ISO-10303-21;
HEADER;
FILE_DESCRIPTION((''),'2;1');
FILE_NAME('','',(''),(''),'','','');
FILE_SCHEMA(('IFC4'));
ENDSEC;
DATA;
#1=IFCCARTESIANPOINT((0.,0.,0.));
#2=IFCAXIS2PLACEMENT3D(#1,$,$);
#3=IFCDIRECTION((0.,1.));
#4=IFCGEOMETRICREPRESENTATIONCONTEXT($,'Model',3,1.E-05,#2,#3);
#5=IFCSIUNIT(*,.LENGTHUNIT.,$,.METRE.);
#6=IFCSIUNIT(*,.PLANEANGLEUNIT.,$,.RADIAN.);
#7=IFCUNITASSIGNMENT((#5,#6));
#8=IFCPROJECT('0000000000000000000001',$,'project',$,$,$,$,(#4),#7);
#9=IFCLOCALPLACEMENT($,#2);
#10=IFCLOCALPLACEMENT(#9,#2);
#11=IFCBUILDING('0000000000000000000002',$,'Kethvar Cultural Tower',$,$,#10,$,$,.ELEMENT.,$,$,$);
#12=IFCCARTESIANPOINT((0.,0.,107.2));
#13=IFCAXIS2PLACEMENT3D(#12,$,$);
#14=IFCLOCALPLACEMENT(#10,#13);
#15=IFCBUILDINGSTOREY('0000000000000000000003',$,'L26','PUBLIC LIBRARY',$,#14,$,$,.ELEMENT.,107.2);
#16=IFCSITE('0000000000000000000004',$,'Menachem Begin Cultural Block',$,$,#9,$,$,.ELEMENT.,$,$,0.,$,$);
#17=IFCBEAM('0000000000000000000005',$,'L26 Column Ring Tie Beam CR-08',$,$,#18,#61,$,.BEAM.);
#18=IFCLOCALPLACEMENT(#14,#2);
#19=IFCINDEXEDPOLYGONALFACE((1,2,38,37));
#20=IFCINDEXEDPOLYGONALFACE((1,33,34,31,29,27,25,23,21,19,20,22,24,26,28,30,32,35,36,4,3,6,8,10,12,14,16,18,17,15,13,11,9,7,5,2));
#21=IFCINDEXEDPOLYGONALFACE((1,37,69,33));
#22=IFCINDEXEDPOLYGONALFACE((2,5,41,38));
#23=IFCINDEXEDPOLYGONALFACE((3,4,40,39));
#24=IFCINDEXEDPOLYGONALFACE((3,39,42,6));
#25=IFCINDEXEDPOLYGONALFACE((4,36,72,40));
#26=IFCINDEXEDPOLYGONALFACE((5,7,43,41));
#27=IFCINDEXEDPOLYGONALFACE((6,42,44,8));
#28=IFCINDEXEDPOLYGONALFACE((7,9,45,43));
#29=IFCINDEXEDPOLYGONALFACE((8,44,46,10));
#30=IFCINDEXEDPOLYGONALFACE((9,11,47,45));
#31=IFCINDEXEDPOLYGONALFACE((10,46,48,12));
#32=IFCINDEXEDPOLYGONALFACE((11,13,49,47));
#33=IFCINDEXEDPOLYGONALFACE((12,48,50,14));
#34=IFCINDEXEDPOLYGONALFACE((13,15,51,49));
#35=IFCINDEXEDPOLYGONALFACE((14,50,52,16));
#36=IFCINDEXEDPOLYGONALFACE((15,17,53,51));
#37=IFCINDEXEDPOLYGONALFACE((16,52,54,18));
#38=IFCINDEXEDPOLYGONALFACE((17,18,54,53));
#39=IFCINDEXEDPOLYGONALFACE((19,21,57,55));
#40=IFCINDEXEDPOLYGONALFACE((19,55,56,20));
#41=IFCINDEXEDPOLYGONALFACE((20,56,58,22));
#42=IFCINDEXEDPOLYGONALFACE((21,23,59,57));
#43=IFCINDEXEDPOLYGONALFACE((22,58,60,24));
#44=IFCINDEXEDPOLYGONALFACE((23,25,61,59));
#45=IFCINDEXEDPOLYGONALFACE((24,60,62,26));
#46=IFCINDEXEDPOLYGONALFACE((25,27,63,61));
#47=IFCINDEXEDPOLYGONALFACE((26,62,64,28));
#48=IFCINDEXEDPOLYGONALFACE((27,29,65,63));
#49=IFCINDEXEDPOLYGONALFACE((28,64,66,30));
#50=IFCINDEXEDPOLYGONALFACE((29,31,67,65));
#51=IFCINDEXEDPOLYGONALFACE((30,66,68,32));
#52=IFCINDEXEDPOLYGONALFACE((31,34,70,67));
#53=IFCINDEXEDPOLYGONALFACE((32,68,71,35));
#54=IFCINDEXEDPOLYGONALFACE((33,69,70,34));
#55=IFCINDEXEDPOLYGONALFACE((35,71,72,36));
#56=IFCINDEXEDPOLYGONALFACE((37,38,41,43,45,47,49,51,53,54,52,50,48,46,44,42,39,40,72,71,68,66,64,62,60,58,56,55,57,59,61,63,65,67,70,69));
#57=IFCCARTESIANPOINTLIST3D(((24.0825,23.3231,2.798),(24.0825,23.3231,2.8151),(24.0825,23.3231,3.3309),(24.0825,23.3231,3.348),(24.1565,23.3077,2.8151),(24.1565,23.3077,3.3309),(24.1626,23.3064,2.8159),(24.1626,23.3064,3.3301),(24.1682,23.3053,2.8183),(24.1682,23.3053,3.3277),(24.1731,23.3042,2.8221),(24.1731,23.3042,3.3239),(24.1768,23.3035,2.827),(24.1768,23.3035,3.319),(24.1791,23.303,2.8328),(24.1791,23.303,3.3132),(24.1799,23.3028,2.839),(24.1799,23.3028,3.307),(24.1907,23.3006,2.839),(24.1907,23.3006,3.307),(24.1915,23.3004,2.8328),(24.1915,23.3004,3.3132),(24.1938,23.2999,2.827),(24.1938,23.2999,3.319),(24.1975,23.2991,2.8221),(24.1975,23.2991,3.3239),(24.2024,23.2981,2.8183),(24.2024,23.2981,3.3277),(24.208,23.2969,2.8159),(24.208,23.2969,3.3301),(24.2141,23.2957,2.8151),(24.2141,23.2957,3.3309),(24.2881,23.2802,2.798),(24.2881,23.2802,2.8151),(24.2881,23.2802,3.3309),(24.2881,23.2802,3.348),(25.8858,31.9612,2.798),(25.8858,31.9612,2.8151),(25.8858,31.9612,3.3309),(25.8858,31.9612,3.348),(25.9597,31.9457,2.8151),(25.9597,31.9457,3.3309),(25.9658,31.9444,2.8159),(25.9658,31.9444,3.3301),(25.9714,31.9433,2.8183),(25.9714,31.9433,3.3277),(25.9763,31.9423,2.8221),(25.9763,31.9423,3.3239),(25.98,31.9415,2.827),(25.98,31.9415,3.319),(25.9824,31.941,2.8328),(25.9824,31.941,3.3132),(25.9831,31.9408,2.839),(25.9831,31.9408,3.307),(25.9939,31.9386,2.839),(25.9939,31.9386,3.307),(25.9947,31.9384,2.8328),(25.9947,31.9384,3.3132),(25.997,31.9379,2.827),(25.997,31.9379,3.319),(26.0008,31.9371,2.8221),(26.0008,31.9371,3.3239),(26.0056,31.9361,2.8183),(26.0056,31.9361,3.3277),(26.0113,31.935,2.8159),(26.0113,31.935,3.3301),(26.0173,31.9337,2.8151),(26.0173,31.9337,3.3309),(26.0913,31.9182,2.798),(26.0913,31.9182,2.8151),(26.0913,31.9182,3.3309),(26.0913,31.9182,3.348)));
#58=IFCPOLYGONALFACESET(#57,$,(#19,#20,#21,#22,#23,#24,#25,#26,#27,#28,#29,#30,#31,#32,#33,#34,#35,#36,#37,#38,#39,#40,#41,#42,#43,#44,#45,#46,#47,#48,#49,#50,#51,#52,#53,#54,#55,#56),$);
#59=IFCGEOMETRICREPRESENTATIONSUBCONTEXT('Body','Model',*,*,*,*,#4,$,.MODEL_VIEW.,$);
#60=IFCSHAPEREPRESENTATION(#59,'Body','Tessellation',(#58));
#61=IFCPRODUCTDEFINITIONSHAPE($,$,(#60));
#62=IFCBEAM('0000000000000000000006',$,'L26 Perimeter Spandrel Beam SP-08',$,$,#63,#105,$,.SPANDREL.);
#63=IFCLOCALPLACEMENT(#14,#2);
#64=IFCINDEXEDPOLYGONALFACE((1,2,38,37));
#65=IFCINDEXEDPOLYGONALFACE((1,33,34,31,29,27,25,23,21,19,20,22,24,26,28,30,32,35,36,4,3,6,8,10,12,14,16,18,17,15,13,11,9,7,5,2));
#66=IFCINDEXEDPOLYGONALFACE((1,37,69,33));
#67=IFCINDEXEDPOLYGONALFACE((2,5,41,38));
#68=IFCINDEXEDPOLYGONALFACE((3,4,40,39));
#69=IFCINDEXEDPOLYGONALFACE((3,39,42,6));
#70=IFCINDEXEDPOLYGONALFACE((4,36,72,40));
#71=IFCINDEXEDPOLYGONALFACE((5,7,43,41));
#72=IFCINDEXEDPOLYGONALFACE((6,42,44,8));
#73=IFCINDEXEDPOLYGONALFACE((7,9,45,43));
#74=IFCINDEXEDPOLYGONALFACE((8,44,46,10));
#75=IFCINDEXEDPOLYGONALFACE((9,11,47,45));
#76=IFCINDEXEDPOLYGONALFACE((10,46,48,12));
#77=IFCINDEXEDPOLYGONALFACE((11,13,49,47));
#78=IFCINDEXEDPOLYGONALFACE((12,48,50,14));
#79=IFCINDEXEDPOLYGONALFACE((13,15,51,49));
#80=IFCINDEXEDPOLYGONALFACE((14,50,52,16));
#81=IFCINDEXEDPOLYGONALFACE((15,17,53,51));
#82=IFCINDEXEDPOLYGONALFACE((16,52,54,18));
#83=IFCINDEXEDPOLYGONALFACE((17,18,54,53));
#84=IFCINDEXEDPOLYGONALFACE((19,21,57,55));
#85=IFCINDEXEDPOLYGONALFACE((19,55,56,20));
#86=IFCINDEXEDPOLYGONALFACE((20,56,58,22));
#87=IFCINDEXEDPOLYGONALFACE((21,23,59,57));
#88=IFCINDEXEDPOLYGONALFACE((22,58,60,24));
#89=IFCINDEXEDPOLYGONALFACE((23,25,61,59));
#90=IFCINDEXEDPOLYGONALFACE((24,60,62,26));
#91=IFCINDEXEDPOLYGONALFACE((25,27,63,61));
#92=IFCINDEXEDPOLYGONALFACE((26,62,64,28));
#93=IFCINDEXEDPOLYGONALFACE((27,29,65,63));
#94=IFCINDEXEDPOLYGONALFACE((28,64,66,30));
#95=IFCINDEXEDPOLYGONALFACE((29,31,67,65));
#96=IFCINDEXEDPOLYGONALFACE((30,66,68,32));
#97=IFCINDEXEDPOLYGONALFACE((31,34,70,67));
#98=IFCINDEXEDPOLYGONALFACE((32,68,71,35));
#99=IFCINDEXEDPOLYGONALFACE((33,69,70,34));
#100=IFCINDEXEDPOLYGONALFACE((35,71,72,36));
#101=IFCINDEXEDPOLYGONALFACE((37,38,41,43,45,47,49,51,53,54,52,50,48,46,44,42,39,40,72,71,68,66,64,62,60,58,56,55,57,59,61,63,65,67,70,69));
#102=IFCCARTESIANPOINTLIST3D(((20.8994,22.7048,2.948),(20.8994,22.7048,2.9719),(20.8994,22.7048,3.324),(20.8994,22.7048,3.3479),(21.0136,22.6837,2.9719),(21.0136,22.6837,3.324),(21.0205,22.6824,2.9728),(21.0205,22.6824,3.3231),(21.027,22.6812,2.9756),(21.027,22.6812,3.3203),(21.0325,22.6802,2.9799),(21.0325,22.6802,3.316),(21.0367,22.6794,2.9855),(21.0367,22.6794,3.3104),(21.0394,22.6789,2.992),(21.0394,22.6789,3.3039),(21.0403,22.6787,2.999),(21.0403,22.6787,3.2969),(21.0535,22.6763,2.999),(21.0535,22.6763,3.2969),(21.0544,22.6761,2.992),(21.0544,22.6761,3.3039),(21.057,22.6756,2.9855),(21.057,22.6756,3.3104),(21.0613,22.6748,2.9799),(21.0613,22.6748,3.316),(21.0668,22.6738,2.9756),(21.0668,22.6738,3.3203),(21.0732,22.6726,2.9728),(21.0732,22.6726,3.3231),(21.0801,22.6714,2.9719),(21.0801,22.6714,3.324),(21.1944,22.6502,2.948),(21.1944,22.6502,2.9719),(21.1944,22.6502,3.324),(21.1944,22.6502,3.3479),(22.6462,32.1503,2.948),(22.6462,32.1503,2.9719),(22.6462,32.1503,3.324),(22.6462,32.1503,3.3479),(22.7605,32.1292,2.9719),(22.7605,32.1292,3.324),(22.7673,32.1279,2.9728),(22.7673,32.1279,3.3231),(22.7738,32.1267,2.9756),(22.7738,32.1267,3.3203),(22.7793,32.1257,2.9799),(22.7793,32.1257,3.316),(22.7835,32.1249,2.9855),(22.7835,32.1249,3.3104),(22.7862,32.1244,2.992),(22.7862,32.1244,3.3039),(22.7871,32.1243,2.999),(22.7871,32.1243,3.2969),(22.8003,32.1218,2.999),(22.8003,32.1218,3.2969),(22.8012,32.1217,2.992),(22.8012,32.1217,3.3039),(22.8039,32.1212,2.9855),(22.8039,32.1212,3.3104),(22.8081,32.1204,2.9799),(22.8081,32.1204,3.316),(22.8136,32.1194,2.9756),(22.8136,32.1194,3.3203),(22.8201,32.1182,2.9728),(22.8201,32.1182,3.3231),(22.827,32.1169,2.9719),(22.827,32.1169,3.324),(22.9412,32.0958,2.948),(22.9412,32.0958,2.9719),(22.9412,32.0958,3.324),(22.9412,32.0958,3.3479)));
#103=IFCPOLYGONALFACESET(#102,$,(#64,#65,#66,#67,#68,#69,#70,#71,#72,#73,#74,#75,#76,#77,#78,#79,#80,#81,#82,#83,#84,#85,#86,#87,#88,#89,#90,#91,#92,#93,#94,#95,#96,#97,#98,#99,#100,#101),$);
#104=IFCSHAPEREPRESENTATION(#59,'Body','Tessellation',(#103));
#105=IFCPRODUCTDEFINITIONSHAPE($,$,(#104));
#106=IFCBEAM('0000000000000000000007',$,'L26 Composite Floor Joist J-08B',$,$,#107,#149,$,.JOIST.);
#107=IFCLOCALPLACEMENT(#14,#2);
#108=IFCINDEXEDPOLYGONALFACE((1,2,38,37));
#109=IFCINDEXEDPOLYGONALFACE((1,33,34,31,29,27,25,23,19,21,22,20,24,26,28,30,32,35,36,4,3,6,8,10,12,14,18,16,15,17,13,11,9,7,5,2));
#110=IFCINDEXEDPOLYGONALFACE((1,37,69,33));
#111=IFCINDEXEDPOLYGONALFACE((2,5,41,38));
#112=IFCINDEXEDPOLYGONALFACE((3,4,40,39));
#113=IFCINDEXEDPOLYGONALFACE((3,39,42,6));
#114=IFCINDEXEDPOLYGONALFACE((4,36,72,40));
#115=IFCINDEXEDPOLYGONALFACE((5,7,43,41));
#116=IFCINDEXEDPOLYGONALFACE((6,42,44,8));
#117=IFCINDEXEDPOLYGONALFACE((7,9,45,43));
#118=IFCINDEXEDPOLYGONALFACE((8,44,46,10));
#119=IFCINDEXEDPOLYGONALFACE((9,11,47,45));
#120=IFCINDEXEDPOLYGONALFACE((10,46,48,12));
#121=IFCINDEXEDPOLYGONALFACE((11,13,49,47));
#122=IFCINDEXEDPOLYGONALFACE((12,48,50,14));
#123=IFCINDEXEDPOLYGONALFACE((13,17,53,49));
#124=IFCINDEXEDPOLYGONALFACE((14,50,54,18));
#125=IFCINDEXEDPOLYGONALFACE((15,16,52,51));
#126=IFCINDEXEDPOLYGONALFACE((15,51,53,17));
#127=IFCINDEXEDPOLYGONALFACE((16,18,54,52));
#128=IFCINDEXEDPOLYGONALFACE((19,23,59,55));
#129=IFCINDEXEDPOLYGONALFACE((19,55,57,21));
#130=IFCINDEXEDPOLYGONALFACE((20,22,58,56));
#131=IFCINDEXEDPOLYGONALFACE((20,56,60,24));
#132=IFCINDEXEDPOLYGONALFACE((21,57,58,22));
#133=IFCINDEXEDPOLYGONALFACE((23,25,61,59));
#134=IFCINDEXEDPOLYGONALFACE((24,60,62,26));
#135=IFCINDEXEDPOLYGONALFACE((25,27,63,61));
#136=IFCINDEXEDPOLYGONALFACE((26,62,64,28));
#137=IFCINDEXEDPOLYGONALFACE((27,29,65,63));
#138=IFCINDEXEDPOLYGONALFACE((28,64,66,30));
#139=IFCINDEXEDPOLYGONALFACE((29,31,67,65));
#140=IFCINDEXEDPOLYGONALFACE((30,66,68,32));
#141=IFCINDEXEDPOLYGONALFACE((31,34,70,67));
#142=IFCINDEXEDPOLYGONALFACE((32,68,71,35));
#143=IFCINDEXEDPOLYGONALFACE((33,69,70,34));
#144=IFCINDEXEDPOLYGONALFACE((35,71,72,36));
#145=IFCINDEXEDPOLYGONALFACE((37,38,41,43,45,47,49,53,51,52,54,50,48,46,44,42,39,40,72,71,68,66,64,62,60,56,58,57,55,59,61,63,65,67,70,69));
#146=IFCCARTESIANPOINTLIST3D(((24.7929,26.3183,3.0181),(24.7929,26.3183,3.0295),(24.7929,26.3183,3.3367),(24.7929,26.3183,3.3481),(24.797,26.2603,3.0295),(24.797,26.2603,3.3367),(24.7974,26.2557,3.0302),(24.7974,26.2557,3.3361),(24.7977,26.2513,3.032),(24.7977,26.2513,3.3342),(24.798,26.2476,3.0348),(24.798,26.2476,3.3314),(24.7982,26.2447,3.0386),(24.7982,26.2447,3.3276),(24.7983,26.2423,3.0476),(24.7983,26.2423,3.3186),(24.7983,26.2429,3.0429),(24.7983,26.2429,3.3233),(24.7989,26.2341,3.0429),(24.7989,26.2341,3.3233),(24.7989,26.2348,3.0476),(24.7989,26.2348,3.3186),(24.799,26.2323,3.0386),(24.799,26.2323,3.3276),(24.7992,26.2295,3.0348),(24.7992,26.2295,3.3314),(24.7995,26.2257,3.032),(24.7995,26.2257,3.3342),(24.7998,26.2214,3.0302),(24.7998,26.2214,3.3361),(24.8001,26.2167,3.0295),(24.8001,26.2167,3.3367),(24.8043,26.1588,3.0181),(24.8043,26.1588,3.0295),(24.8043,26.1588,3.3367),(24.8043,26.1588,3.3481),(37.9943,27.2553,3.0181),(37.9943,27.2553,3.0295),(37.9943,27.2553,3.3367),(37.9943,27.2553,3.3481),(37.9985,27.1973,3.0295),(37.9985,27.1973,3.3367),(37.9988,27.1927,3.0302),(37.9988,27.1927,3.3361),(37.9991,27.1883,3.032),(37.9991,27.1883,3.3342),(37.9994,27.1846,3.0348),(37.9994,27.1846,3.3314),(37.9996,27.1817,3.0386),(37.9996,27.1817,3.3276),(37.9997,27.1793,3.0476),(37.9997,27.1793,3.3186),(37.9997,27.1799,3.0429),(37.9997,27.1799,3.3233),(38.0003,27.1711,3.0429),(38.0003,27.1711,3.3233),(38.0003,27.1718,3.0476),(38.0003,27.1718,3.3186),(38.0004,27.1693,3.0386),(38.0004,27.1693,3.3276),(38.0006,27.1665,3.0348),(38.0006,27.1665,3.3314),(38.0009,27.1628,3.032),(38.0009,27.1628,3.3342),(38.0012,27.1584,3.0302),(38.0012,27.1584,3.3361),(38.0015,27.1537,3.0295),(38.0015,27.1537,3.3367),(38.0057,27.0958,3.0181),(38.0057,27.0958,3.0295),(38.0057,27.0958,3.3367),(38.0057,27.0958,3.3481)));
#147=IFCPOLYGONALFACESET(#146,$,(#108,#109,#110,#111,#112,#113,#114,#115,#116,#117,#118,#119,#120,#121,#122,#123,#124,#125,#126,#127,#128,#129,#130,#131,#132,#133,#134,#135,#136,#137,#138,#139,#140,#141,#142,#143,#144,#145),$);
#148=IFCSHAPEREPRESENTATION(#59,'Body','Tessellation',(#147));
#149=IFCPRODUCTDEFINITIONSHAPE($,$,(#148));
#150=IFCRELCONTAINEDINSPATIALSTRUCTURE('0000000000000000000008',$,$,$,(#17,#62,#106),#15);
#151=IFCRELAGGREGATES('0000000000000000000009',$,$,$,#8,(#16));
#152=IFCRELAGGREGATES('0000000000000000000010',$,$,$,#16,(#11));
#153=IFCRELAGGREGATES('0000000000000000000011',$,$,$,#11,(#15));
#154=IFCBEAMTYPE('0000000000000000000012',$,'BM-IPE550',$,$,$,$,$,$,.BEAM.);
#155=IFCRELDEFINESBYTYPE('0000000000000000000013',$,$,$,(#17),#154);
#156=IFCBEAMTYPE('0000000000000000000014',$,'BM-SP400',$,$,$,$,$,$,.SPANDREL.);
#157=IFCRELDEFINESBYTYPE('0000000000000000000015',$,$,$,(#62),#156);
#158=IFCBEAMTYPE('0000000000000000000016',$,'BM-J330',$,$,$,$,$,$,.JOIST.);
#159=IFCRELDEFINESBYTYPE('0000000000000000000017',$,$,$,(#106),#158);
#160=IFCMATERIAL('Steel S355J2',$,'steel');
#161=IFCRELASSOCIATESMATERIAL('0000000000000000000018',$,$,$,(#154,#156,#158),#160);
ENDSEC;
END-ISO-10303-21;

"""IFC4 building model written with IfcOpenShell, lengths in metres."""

from ifc_helpers import new_model, si_unit, direction, frame, origin, origin_2d, place, context, subcontext, project, spatial, i_section, extrude, source, transform, mapped, material, material_profile, profile_set, type_object, element, save


model = new_model("IFC4")

# Units and contexts
model_context = context("Model", 3, precision=1e-05, world=origin(), true_north=direction((0.0, 1.0)))
body_context = subcontext(model_context, "Body", "Model", "MODEL_VIEW")
ifc_project = project(units=[si_unit("LENGTHUNIT", "METRE"), si_unit("PLANEANGLEUNIT", "RADIAN")], contexts=[model_context])

# Site, building, storey
site_placement = place(None, origin())
site = spatial("IfcSite", under=ifc_project, at=site_placement, Name="Menachem Begin Cultural Block", CompositionType="ELEMENT", RefElevation=0.0)
building_placement = place(site_placement, origin())
building = spatial("IfcBuilding", under=site, at=building_placement, Name="Kethvar Cultural Tower", CompositionType="ELEMENT")
storey_placement = place(building_placement, frame((0.0, 0.0, 107.2)))
storey = spatial("IfcBuildingStorey", under=building, at=storey_placement, Name="L26", Description="PUBLIC LIBRARY", CompositionType="ELEMENT", Elevation=107.2)

# Beams
ifc_material_1 = material(Name="Steel S355J2", Category="steel")
ifc_material_profile_1 = material_profile(ifc_material_1, i_section(OverallWidth=0.21, OverallDepth=0.55, WebThickness=0.011, FlangeThickness=0.0171, FilletRadius=0.0239, at=origin_2d()), Name="Steel S355J2 — IPE550")
ifc_profile_set_1 = profile_set([ifc_material_profile_1], Name="Steel S355J2 — IPE550")
beam_type_1 = type_object("IfcBeamType", Name="BM-IPE550", PredefinedType="BEAM", material=ifc_profile_set_1)
shared_shape_1 = source(origin(), body_context, "Body", "SweptSolid", [
    extrude(i_section(OverallWidth=0.21, OverallDepth=0.55, WebThickness=0.011, FlangeThickness=0.0171, FilletRadius=0.0239, at=origin_2d()), origin(), (0.0, 0.0, 1.0), 8.8242),
])
beam_1_placement = place(storey_placement, frame((25.9885, 31.9397, 3.073), z_axis=(-0.204351, -0.978898, 0.0), x_axis=(0.978898, -0.204351, 0.0)))
element("IfcBeam", 1, at=beam_1_placement, inside=storey, type_object=beam_type_1, Name="L26 Column Ring Tie Beam CR-08", PredefinedType="BEAM", context=body_context, shape_type="MappedRepresentation", body=[
    mapped(shared_shape_1, transform((0.0, 0.0, 0.0), scale=1.0)),
])
ifc_material_profile_2 = material_profile(ifc_material_1, i_section(OverallWidth=0.3, OverallDepth=0.3999, WebThickness=0.0134, FlangeThickness=0.0239, FilletRadius=0.0271, at=origin_2d()), Name="Steel S355J2 — HEB400")
ifc_profile_set_2 = profile_set([ifc_material_profile_2], Name="Steel S355J2 — HEB400")
beam_type_2 = type_object("IfcBeamType", Name="BM-SP400", PredefinedType="SPANDREL", material=ifc_profile_set_2)
shared_shape_2 = source(origin(), body_context, "Body", "SweptSolid", [
    extrude(i_section(OverallWidth=0.3, OverallDepth=0.3999, WebThickness=0.0134, FlangeThickness=0.0239, FilletRadius=0.0271, at=origin_2d()), origin(), (0.0, 0.0, 1.0), 9.6057),
])
beam_2_placement = place(storey_placement, frame((22.7937, 32.123, 3.1479), z_axis=(-0.181853, -0.983326, 0.0), x_axis=(0.983326, -0.181853, 0.0)))
element("IfcBeam", 2, at=beam_2_placement, inside=storey, type_object=beam_type_2, Name="L26 Perimeter Spandrel Beam SP-08", PredefinedType="SPANDREL", context=body_context, shape_type="MappedRepresentation", body=[
    mapped(shared_shape_2, transform((0.0, 0.0, 0.0), scale=1.0)),
])
ifc_material_profile_3 = material_profile(ifc_material_1, i_section(OverallWidth=0.1599, OverallDepth=0.3301, WebThickness=0.0076, FlangeThickness=0.0115, FilletRadius=0.0181, at=origin_2d()), Name="Steel S355J2 — IPE330")
ifc_profile_set_3 = profile_set([ifc_material_profile_3], Name="Steel S355J2 — IPE330")
beam_type_3 = type_object("IfcBeamType", Name="BM-J330", PredefinedType="JOIST", material=ifc_profile_set_3)
shared_shape_3 = source(origin(), body_context, "Body", "SweptSolid", [
    extrude(i_section(OverallWidth=0.1599, OverallDepth=0.3301, WebThickness=0.0076, FlangeThickness=0.0115, FilletRadius=0.0181, at=origin_2d()), origin(), (0.0, 0.0, 1.0), 13.2346),
])
beam_3_placement = place(storey_placement, frame((38.0, 27.1755, 3.1831), z_axis=(-0.997491, -0.0708, 0.0), x_axis=(0.0708, -0.997491, 0.0)))
element("IfcBeam", 3, at=beam_3_placement, inside=storey, type_object=beam_type_3, Name="L26 Composite Floor Joist J-08B", PredefinedType="JOIST", context=body_context, shape_type="MappedRepresentation", body=[
    mapped(shared_shape_3, transform((0.0, 0.0, 0.0), scale=1.0)),
])

save(model, "model.ifc")
